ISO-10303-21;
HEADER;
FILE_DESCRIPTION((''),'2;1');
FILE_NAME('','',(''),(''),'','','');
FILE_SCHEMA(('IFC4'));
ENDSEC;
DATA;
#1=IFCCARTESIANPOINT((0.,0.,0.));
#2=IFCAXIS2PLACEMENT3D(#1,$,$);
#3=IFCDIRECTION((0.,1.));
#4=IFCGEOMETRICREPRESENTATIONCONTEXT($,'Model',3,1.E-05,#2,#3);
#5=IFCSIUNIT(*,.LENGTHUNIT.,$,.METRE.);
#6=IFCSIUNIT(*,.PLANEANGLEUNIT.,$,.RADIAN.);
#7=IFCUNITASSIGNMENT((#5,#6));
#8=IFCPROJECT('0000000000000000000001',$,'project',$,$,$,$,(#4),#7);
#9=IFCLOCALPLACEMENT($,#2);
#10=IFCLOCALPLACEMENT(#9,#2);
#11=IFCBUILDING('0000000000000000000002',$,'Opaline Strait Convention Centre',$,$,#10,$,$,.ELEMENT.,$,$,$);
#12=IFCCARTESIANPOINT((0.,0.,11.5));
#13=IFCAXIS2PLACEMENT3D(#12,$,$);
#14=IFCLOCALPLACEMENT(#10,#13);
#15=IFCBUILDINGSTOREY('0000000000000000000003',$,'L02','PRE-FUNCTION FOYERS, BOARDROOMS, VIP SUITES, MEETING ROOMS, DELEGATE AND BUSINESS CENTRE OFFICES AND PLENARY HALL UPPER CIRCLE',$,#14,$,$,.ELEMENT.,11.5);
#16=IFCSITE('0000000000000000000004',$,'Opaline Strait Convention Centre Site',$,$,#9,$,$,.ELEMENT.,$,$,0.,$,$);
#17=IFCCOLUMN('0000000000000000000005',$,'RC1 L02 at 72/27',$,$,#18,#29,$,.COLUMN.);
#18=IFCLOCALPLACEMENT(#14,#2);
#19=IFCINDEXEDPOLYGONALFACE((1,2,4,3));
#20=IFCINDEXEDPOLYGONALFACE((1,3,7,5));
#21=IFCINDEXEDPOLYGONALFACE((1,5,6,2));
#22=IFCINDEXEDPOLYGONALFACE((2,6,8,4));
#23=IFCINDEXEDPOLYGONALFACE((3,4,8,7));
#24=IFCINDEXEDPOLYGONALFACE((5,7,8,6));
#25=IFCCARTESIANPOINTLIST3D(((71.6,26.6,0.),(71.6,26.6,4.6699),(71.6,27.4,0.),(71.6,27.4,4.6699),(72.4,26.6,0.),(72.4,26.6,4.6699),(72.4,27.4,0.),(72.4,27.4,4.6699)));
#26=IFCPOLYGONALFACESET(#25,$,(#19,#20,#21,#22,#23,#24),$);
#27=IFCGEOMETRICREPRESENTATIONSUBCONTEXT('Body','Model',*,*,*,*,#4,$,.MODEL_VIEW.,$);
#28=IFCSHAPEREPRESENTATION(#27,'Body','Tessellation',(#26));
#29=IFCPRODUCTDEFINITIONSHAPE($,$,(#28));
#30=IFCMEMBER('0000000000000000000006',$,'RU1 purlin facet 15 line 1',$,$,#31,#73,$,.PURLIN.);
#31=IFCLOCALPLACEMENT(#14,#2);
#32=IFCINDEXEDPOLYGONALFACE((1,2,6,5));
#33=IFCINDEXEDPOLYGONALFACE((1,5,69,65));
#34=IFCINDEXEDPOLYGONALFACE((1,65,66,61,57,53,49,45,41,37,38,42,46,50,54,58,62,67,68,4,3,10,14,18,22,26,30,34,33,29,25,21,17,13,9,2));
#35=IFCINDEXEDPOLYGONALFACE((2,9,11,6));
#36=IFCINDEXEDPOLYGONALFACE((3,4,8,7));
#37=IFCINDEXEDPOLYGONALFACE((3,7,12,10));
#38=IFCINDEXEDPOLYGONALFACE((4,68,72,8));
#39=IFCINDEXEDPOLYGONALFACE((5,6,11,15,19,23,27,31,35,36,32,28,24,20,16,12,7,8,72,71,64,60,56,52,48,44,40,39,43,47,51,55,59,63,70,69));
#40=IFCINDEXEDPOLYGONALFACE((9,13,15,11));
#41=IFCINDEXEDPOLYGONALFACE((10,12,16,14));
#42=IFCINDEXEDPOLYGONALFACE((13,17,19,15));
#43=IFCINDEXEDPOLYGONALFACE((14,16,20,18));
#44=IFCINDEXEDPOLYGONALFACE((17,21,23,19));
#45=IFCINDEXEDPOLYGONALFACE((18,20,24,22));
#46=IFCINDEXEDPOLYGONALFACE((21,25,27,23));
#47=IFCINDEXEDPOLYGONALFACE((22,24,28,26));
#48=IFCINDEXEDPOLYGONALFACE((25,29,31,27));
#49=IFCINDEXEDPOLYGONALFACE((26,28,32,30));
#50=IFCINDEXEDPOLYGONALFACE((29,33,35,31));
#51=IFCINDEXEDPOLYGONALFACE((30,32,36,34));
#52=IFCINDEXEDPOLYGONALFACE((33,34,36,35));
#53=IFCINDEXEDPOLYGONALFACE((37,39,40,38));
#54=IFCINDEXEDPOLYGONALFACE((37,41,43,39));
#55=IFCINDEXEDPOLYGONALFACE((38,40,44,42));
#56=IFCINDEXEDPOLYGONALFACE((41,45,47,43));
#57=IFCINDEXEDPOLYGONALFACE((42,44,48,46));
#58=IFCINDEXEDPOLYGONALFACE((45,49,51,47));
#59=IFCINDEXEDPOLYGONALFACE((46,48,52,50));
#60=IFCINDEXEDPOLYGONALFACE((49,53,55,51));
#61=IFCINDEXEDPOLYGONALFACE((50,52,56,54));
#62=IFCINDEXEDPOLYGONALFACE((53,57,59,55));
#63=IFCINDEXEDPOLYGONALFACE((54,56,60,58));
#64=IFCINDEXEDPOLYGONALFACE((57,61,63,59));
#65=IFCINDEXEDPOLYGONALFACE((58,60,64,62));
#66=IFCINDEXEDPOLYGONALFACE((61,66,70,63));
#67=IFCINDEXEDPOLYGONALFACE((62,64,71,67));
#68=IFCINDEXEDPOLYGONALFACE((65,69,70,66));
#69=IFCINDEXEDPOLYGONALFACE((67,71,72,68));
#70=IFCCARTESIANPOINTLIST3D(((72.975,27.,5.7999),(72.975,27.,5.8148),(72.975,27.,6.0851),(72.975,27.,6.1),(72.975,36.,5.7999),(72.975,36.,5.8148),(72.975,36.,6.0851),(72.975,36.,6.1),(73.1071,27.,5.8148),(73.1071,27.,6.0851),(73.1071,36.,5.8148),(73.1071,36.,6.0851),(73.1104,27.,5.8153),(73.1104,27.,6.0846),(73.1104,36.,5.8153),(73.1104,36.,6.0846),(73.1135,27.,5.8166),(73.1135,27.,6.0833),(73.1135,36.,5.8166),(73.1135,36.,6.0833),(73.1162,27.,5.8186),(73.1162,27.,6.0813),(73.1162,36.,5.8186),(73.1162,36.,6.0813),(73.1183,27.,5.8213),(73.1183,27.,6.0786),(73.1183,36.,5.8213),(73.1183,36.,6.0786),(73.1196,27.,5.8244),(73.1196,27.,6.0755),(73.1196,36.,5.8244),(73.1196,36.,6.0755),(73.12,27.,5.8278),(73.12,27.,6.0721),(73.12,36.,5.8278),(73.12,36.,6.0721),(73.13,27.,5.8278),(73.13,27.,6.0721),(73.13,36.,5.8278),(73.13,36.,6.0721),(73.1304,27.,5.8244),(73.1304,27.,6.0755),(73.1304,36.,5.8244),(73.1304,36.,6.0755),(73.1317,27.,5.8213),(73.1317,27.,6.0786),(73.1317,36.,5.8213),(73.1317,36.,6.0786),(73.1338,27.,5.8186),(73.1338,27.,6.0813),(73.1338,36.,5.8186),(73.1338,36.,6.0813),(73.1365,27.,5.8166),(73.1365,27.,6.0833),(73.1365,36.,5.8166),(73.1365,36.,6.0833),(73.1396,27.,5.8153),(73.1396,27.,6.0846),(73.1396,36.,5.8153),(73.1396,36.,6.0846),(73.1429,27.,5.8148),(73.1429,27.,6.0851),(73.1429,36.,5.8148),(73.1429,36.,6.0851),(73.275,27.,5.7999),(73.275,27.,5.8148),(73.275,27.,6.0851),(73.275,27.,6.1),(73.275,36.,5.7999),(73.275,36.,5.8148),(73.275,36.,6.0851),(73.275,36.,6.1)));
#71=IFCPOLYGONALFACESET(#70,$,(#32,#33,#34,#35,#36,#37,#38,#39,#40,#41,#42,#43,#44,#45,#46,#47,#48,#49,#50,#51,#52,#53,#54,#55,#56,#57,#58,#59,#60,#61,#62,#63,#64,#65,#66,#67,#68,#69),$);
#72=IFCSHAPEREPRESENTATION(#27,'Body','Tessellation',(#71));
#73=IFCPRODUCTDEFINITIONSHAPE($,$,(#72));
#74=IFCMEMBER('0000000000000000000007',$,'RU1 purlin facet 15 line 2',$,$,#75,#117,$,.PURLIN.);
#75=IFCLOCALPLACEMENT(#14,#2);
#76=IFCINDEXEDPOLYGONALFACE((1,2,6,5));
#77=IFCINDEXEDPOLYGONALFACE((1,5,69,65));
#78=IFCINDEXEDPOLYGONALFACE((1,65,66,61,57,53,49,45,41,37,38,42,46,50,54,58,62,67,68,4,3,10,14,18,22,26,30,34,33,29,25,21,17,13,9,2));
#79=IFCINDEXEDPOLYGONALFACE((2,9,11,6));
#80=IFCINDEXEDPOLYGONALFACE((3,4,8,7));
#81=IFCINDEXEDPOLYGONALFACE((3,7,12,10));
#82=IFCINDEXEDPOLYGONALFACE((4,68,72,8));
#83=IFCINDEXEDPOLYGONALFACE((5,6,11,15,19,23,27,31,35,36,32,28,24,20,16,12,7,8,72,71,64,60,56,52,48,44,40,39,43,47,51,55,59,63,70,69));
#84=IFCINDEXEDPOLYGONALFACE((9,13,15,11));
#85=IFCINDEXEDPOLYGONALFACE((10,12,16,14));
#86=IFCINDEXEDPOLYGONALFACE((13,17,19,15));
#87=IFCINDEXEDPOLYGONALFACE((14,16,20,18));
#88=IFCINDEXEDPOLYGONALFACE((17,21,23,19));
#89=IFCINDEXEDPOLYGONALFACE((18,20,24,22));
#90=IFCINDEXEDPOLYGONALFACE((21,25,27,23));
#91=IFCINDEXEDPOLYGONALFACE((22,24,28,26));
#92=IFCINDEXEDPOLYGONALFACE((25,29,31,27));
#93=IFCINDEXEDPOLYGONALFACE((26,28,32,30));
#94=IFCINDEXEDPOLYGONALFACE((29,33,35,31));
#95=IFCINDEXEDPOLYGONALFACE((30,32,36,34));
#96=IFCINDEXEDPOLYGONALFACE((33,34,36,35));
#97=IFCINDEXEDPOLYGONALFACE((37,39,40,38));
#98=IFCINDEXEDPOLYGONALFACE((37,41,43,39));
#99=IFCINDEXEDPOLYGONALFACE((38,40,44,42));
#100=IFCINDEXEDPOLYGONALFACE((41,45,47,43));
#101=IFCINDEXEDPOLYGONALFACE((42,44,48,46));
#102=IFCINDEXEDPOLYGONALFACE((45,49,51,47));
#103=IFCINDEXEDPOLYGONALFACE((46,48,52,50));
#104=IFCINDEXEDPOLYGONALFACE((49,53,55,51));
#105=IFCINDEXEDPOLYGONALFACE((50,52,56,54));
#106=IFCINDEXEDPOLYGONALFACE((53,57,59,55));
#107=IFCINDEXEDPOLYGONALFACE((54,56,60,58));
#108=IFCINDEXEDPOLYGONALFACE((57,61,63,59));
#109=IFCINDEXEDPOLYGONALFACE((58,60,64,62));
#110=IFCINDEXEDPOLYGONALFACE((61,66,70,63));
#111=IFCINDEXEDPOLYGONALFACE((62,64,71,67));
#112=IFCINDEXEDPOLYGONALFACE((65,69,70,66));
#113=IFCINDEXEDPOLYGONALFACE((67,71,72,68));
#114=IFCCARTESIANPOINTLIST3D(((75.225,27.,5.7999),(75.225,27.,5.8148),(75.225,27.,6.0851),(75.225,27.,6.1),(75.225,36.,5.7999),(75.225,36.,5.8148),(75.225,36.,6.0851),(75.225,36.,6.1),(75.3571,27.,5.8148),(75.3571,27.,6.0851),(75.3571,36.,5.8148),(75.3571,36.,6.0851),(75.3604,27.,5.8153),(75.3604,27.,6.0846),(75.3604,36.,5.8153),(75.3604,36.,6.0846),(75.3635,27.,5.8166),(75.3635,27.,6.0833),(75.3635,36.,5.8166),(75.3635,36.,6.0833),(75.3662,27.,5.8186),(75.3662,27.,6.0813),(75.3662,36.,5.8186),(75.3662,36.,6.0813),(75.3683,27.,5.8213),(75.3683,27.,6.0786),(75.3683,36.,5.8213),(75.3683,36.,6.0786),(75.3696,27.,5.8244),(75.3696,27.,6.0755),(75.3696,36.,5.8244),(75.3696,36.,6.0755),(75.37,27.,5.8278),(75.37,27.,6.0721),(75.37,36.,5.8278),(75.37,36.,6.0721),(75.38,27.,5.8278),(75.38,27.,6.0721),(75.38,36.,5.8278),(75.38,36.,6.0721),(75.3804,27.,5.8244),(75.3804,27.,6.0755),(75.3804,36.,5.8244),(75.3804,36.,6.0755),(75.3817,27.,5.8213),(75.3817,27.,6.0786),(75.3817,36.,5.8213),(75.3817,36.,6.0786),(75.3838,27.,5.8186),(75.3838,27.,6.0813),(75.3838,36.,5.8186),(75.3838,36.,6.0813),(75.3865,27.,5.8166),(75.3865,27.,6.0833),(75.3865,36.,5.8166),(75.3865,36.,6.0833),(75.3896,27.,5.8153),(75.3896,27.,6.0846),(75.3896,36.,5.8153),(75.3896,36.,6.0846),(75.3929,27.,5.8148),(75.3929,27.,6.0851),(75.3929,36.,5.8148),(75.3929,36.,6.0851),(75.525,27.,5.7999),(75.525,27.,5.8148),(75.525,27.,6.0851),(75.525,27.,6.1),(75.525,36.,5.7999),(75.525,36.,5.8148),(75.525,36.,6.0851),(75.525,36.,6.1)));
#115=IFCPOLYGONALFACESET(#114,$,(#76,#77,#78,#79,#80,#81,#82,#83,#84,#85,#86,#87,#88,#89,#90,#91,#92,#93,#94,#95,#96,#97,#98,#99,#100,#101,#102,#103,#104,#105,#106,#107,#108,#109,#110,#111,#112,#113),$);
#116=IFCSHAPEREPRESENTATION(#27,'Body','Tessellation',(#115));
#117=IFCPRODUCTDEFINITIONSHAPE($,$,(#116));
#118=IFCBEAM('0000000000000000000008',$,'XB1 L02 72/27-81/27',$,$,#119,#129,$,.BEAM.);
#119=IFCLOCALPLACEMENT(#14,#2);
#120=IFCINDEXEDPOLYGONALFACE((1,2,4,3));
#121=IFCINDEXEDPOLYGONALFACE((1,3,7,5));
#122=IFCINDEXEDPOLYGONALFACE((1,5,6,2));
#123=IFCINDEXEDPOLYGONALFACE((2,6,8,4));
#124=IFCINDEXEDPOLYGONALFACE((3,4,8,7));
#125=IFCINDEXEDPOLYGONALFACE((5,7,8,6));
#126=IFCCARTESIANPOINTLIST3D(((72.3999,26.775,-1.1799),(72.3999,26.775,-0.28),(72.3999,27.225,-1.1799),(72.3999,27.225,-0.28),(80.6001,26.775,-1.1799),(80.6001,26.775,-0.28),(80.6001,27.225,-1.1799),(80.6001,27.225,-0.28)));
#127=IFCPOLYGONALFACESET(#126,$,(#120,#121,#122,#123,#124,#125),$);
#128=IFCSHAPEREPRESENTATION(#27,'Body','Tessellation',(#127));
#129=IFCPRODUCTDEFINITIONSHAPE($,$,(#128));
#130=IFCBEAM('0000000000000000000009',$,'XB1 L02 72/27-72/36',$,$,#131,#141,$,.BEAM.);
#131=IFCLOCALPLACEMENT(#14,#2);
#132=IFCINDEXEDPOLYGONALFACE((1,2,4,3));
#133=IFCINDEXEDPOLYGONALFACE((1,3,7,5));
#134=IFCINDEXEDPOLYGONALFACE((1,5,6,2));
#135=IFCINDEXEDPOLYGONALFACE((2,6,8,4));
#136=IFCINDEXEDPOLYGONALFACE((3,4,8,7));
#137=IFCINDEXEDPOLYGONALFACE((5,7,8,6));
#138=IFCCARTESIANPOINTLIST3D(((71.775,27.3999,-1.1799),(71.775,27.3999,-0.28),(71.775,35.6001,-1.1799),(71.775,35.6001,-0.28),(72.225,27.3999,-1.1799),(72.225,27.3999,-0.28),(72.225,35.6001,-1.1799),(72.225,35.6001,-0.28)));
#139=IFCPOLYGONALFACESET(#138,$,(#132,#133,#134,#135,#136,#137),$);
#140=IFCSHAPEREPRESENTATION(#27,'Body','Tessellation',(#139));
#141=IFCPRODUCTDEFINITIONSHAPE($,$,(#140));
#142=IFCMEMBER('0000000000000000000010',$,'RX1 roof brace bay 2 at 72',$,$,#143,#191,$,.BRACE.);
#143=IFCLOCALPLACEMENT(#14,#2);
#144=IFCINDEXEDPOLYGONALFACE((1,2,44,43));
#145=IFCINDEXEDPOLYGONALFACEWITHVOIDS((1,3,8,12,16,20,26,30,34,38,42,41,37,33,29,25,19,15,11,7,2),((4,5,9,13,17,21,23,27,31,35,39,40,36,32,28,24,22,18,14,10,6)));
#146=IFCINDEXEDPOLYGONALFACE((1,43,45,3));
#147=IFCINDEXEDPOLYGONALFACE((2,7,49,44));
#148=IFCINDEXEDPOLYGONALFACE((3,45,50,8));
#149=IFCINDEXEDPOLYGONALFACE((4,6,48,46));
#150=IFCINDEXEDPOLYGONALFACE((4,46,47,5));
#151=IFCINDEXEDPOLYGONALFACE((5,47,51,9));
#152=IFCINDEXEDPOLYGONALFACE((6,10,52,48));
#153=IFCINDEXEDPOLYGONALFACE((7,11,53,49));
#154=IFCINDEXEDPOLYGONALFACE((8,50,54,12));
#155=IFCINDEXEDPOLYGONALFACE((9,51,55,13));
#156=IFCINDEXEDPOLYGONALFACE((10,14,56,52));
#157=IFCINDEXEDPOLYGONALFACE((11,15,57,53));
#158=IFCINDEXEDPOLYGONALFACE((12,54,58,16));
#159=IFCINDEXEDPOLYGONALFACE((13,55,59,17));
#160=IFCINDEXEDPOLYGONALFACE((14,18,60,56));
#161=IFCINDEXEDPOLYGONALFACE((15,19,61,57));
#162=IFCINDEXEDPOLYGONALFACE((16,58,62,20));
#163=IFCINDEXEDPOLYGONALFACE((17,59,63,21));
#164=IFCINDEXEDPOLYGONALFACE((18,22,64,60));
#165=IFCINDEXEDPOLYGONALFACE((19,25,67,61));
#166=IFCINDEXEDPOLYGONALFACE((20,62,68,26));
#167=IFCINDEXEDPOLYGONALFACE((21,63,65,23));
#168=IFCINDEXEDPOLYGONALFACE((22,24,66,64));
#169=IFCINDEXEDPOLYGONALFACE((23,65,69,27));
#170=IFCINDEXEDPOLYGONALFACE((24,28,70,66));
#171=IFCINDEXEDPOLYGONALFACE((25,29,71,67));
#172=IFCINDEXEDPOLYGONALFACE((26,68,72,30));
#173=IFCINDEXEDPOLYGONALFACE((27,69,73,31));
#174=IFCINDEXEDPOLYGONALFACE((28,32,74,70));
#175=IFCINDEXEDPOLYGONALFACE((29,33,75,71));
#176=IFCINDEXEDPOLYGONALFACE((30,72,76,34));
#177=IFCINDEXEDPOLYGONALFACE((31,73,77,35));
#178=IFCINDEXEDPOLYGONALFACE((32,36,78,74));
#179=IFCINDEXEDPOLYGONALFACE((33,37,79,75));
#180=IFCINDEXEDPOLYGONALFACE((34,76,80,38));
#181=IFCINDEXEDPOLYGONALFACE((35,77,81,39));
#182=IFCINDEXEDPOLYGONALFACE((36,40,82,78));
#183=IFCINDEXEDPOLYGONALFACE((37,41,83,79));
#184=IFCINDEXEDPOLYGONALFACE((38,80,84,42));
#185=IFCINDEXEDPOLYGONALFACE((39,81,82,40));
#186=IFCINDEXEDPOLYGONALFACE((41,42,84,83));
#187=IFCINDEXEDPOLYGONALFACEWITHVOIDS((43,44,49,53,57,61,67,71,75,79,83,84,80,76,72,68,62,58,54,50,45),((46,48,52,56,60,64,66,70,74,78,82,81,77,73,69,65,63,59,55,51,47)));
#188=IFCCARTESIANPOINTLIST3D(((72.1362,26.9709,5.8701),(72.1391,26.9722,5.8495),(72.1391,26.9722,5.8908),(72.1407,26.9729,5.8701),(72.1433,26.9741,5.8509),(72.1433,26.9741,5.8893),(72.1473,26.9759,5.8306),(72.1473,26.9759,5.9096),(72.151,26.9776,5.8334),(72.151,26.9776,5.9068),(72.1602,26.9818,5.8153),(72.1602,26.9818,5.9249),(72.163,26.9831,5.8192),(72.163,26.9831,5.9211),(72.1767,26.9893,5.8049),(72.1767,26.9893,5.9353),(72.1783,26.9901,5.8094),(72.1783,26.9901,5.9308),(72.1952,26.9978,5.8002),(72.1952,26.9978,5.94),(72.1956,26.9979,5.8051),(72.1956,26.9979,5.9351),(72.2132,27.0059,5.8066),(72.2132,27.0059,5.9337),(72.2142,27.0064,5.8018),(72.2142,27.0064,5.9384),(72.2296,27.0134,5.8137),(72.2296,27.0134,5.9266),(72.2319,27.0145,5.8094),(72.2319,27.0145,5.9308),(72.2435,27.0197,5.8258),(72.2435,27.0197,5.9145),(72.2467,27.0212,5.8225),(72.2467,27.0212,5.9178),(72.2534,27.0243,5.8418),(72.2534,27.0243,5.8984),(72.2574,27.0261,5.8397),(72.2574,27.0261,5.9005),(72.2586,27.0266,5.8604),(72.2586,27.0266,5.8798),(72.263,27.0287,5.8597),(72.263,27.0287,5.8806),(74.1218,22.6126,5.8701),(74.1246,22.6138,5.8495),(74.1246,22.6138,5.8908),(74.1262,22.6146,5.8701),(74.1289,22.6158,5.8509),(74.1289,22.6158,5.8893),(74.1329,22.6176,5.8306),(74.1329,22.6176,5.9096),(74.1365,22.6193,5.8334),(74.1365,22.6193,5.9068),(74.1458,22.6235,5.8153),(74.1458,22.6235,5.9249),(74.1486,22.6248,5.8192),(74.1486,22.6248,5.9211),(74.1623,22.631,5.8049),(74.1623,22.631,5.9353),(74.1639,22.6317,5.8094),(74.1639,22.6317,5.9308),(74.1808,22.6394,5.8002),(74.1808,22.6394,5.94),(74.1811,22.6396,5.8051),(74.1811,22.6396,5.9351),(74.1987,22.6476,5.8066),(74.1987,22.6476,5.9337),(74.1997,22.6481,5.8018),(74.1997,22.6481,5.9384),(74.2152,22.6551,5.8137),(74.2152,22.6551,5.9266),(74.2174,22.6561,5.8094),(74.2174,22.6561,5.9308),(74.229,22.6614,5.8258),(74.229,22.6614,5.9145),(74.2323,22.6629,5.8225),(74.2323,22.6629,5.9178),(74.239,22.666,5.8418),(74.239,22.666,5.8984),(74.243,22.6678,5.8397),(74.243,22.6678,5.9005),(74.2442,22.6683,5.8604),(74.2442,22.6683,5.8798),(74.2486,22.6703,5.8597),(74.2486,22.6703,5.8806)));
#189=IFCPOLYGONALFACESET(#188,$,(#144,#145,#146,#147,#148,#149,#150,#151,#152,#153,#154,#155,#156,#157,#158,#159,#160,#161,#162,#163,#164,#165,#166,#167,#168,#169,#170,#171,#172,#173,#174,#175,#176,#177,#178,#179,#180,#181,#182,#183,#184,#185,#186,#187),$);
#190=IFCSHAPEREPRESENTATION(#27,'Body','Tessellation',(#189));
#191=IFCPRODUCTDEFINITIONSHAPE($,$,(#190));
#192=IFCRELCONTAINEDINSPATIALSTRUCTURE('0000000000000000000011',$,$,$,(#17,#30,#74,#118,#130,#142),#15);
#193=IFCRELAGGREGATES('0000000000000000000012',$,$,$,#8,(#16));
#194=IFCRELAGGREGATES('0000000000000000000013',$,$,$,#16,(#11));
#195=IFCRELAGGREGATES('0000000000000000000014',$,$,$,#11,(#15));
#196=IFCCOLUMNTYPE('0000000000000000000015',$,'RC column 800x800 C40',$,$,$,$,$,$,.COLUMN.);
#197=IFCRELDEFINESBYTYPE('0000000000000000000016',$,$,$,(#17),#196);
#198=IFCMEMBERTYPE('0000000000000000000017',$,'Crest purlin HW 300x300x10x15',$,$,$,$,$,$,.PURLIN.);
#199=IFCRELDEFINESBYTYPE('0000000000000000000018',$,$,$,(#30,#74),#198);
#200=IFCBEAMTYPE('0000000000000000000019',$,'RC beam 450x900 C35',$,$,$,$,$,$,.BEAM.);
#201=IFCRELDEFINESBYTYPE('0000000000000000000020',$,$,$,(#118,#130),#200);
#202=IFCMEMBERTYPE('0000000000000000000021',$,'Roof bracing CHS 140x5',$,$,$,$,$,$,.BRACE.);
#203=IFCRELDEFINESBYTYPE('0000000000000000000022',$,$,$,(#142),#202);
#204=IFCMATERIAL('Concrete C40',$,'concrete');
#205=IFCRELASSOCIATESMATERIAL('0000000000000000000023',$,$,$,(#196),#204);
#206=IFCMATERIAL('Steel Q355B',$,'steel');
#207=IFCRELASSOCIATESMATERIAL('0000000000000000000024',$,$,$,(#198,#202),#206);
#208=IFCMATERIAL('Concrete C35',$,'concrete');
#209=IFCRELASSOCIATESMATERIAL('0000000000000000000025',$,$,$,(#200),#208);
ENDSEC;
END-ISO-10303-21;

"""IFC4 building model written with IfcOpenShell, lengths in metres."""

from ifc_helpers import new_model, si_unit, direction, frame, origin, origin_2d, place, context, subcontext, project, spatial, rectangle, hollow_circle, i_section, extrude, material, material_profile, profile_set, type_object, element, save


model = new_model("IFC4")

# Units and contexts
model_context = context("Model", 3, precision=1e-05, world=origin(), true_north=direction((0.0, 1.0)))
body_context = subcontext(model_context, "Body", "Model", "MODEL_VIEW")
ifc_project = project(units=[si_unit("LENGTHUNIT", "METRE"), si_unit("PLANEANGLEUNIT", "RADIAN")], contexts=[model_context])

# Site, building, storey
site_placement = place(None, origin())
site = spatial("IfcSite", under=ifc_project, at=site_placement, Name="Opaline Strait Convention Centre Site", CompositionType="ELEMENT", RefElevation=0.0)
building_placement = place(site_placement, origin())
building = spatial("IfcBuilding", under=site, at=building_placement, Name="Opaline Strait Convention Centre", CompositionType="ELEMENT")
storey_placement = place(building_placement, frame((0.0, 0.0, 11.5)))
storey = spatial("IfcBuildingStorey", under=building, at=storey_placement, Name="L02", Description="PRE-FUNCTION FOYERS, BOARDROOMS, VIP SUITES, MEETING ROOMS, DELEGATE AND BUSINESS CENTRE OFFICES AND PLENARY HALL UPPER CIRCLE", CompositionType="ELEMENT", Elevation=11.5)

# Column
ifc_material_1 = material(Name="Concrete C40", Category="concrete")
ifc_material_profile_1 = material_profile(ifc_material_1, rectangle(XDim=0.8, YDim=0.8, at=origin_2d()), Name="RC 800x800")
ifc_profile_set_1 = profile_set([ifc_material_profile_1], Name="Concrete C40")
column_type = type_object("IfcColumnType", Name="RC column 800x800 C40", PredefinedType="COLUMN", material=ifc_profile_set_1)
column_placement = place(storey_placement, frame((72.0, 27.0, 0.0), z_axis=(0.0, 0.0, 1.0), x_axis=(1.0, 0.0, 0.0)))
element("IfcColumn", 1, at=column_placement, inside=storey, type_object=column_type, Name="RC1 L02 at 72/27", PredefinedType="COLUMN", context=body_context, shape_type="SweptSolid", body=[
    extrude(rectangle(XDim=0.8, YDim=0.8, at=origin_2d()), origin(), (0.0, 0.0, 1.0), 4.6699),
])

# Members
ifc_material_2 = material(Name="Steel Q355B", Category="steel")
ifc_material_profile_2 = material_profile(ifc_material_2, i_section(OverallWidth=0.3, OverallDepth=0.3, WebThickness=0.01, FlangeThickness=0.0149, FilletRadius=0.0129, at=origin_2d()), Name="HW 300x300x10x15")
ifc_profile_set_2 = profile_set([ifc_material_profile_2], Name="Steel Q355B")
member_type_1 = type_object("IfcMemberType", Name="Crest purlin HW 300x300x10x15", PredefinedType="PURLIN", material=ifc_profile_set_2)
for number, where, z_axis, x_axis, name in (
    (2, (73.125, 27.0, 5.95), (0.0, 1.0, 0.0), (-1.0, 0.0, 0.0), "RU1 purlin facet 15 line 1"),
    (3, (75.375, 27.0, 5.95), (0.0, 1.0, 0.0), (-1.0, 0.0, 0.0), "RU1 purlin facet 15 line 2"),
):
    element("IfcMember", number, at=place(storey_placement, frame(where, z_axis=z_axis, x_axis=x_axis)), inside=storey, type_object=member_type_1, Name=name, PredefinedType="PURLIN", context=body_context, shape_type="SweptSolid", body=[
        extrude(i_section(OverallWidth=0.3, OverallDepth=0.3, WebThickness=0.01, FlangeThickness=0.0149, FilletRadius=0.0129, at=origin_2d()), origin(), (0.0, 0.0, 1.0), 9.0),
    ])

# Beams
ifc_material_3 = material(Name="Concrete C35", Category="concrete")
ifc_material_profile_3 = material_profile(ifc_material_3, rectangle(XDim=0.45, YDim=0.8999, at=origin_2d()), Name="RC 450x900")
ifc_profile_set_3 = profile_set([ifc_material_profile_3], Name="Concrete C35")
beam_type = type_object("IfcBeamType", Name="RC beam 450x900 C35", PredefinedType="BEAM", material=ifc_profile_set_3)
for number, where, z_axis, x_axis, name in (
    (4, (72.3999, 27.0, -0.73), (1.0, 0.0, 0.0), (0.0, 1.0, 0.0), "XB1 L02 72/27-81/27"),
    (5, (72.0, 27.3999, -0.73), (0.0, 1.0, 0.0), (-1.0, 0.0, 0.0), "XB1 L02 72/27-72/36"),
):
    element("IfcBeam", number, at=place(storey_placement, frame(where, z_axis=z_axis, x_axis=x_axis)), inside=storey, type_object=beam_type, Name=name, PredefinedType="BEAM", context=body_context, shape_type="SweptSolid", body=[
        extrude(rectangle(XDim=0.45, YDim=0.8999, at=origin_2d()), origin(), (0.0, 0.0, 1.0), 8.2002),
    ])

# Member
ifc_material_profile_4 = material_profile(ifc_material_2, hollow_circle(Radius=0.0701, WallThickness=0.0049, at=origin_2d()), Name="CHS 140x5")
ifc_profile_set_4 = profile_set([ifc_material_profile_4], Name="Steel Q355B")
member_type_2 = type_object("IfcMemberType", Name="Roof bracing CHS 140x5", PredefinedType="BRACE", material=ifc_profile_set_4)
member_1_placement = place(storey_placement, frame((74.1855, 22.6416, 5.8701), z_axis=(-0.414582, 0.910012, 0.0), x_axis=(-0.910012, -0.414582, 0.0)))
element("IfcMember", 6, at=member_1_placement, inside=storey, type_object=member_type_2, Name="RX1 roof brace bay 2 at 72", PredefinedType="BRACE", context=body_context, shape_type="SweptSolid", body=[
    extrude(hollow_circle(Radius=0.0701, WallThickness=0.0049, at=origin_2d()), origin(), (0.0, 0.0, 1.0), 4.7893),
])

save(model, "model.ifc")
